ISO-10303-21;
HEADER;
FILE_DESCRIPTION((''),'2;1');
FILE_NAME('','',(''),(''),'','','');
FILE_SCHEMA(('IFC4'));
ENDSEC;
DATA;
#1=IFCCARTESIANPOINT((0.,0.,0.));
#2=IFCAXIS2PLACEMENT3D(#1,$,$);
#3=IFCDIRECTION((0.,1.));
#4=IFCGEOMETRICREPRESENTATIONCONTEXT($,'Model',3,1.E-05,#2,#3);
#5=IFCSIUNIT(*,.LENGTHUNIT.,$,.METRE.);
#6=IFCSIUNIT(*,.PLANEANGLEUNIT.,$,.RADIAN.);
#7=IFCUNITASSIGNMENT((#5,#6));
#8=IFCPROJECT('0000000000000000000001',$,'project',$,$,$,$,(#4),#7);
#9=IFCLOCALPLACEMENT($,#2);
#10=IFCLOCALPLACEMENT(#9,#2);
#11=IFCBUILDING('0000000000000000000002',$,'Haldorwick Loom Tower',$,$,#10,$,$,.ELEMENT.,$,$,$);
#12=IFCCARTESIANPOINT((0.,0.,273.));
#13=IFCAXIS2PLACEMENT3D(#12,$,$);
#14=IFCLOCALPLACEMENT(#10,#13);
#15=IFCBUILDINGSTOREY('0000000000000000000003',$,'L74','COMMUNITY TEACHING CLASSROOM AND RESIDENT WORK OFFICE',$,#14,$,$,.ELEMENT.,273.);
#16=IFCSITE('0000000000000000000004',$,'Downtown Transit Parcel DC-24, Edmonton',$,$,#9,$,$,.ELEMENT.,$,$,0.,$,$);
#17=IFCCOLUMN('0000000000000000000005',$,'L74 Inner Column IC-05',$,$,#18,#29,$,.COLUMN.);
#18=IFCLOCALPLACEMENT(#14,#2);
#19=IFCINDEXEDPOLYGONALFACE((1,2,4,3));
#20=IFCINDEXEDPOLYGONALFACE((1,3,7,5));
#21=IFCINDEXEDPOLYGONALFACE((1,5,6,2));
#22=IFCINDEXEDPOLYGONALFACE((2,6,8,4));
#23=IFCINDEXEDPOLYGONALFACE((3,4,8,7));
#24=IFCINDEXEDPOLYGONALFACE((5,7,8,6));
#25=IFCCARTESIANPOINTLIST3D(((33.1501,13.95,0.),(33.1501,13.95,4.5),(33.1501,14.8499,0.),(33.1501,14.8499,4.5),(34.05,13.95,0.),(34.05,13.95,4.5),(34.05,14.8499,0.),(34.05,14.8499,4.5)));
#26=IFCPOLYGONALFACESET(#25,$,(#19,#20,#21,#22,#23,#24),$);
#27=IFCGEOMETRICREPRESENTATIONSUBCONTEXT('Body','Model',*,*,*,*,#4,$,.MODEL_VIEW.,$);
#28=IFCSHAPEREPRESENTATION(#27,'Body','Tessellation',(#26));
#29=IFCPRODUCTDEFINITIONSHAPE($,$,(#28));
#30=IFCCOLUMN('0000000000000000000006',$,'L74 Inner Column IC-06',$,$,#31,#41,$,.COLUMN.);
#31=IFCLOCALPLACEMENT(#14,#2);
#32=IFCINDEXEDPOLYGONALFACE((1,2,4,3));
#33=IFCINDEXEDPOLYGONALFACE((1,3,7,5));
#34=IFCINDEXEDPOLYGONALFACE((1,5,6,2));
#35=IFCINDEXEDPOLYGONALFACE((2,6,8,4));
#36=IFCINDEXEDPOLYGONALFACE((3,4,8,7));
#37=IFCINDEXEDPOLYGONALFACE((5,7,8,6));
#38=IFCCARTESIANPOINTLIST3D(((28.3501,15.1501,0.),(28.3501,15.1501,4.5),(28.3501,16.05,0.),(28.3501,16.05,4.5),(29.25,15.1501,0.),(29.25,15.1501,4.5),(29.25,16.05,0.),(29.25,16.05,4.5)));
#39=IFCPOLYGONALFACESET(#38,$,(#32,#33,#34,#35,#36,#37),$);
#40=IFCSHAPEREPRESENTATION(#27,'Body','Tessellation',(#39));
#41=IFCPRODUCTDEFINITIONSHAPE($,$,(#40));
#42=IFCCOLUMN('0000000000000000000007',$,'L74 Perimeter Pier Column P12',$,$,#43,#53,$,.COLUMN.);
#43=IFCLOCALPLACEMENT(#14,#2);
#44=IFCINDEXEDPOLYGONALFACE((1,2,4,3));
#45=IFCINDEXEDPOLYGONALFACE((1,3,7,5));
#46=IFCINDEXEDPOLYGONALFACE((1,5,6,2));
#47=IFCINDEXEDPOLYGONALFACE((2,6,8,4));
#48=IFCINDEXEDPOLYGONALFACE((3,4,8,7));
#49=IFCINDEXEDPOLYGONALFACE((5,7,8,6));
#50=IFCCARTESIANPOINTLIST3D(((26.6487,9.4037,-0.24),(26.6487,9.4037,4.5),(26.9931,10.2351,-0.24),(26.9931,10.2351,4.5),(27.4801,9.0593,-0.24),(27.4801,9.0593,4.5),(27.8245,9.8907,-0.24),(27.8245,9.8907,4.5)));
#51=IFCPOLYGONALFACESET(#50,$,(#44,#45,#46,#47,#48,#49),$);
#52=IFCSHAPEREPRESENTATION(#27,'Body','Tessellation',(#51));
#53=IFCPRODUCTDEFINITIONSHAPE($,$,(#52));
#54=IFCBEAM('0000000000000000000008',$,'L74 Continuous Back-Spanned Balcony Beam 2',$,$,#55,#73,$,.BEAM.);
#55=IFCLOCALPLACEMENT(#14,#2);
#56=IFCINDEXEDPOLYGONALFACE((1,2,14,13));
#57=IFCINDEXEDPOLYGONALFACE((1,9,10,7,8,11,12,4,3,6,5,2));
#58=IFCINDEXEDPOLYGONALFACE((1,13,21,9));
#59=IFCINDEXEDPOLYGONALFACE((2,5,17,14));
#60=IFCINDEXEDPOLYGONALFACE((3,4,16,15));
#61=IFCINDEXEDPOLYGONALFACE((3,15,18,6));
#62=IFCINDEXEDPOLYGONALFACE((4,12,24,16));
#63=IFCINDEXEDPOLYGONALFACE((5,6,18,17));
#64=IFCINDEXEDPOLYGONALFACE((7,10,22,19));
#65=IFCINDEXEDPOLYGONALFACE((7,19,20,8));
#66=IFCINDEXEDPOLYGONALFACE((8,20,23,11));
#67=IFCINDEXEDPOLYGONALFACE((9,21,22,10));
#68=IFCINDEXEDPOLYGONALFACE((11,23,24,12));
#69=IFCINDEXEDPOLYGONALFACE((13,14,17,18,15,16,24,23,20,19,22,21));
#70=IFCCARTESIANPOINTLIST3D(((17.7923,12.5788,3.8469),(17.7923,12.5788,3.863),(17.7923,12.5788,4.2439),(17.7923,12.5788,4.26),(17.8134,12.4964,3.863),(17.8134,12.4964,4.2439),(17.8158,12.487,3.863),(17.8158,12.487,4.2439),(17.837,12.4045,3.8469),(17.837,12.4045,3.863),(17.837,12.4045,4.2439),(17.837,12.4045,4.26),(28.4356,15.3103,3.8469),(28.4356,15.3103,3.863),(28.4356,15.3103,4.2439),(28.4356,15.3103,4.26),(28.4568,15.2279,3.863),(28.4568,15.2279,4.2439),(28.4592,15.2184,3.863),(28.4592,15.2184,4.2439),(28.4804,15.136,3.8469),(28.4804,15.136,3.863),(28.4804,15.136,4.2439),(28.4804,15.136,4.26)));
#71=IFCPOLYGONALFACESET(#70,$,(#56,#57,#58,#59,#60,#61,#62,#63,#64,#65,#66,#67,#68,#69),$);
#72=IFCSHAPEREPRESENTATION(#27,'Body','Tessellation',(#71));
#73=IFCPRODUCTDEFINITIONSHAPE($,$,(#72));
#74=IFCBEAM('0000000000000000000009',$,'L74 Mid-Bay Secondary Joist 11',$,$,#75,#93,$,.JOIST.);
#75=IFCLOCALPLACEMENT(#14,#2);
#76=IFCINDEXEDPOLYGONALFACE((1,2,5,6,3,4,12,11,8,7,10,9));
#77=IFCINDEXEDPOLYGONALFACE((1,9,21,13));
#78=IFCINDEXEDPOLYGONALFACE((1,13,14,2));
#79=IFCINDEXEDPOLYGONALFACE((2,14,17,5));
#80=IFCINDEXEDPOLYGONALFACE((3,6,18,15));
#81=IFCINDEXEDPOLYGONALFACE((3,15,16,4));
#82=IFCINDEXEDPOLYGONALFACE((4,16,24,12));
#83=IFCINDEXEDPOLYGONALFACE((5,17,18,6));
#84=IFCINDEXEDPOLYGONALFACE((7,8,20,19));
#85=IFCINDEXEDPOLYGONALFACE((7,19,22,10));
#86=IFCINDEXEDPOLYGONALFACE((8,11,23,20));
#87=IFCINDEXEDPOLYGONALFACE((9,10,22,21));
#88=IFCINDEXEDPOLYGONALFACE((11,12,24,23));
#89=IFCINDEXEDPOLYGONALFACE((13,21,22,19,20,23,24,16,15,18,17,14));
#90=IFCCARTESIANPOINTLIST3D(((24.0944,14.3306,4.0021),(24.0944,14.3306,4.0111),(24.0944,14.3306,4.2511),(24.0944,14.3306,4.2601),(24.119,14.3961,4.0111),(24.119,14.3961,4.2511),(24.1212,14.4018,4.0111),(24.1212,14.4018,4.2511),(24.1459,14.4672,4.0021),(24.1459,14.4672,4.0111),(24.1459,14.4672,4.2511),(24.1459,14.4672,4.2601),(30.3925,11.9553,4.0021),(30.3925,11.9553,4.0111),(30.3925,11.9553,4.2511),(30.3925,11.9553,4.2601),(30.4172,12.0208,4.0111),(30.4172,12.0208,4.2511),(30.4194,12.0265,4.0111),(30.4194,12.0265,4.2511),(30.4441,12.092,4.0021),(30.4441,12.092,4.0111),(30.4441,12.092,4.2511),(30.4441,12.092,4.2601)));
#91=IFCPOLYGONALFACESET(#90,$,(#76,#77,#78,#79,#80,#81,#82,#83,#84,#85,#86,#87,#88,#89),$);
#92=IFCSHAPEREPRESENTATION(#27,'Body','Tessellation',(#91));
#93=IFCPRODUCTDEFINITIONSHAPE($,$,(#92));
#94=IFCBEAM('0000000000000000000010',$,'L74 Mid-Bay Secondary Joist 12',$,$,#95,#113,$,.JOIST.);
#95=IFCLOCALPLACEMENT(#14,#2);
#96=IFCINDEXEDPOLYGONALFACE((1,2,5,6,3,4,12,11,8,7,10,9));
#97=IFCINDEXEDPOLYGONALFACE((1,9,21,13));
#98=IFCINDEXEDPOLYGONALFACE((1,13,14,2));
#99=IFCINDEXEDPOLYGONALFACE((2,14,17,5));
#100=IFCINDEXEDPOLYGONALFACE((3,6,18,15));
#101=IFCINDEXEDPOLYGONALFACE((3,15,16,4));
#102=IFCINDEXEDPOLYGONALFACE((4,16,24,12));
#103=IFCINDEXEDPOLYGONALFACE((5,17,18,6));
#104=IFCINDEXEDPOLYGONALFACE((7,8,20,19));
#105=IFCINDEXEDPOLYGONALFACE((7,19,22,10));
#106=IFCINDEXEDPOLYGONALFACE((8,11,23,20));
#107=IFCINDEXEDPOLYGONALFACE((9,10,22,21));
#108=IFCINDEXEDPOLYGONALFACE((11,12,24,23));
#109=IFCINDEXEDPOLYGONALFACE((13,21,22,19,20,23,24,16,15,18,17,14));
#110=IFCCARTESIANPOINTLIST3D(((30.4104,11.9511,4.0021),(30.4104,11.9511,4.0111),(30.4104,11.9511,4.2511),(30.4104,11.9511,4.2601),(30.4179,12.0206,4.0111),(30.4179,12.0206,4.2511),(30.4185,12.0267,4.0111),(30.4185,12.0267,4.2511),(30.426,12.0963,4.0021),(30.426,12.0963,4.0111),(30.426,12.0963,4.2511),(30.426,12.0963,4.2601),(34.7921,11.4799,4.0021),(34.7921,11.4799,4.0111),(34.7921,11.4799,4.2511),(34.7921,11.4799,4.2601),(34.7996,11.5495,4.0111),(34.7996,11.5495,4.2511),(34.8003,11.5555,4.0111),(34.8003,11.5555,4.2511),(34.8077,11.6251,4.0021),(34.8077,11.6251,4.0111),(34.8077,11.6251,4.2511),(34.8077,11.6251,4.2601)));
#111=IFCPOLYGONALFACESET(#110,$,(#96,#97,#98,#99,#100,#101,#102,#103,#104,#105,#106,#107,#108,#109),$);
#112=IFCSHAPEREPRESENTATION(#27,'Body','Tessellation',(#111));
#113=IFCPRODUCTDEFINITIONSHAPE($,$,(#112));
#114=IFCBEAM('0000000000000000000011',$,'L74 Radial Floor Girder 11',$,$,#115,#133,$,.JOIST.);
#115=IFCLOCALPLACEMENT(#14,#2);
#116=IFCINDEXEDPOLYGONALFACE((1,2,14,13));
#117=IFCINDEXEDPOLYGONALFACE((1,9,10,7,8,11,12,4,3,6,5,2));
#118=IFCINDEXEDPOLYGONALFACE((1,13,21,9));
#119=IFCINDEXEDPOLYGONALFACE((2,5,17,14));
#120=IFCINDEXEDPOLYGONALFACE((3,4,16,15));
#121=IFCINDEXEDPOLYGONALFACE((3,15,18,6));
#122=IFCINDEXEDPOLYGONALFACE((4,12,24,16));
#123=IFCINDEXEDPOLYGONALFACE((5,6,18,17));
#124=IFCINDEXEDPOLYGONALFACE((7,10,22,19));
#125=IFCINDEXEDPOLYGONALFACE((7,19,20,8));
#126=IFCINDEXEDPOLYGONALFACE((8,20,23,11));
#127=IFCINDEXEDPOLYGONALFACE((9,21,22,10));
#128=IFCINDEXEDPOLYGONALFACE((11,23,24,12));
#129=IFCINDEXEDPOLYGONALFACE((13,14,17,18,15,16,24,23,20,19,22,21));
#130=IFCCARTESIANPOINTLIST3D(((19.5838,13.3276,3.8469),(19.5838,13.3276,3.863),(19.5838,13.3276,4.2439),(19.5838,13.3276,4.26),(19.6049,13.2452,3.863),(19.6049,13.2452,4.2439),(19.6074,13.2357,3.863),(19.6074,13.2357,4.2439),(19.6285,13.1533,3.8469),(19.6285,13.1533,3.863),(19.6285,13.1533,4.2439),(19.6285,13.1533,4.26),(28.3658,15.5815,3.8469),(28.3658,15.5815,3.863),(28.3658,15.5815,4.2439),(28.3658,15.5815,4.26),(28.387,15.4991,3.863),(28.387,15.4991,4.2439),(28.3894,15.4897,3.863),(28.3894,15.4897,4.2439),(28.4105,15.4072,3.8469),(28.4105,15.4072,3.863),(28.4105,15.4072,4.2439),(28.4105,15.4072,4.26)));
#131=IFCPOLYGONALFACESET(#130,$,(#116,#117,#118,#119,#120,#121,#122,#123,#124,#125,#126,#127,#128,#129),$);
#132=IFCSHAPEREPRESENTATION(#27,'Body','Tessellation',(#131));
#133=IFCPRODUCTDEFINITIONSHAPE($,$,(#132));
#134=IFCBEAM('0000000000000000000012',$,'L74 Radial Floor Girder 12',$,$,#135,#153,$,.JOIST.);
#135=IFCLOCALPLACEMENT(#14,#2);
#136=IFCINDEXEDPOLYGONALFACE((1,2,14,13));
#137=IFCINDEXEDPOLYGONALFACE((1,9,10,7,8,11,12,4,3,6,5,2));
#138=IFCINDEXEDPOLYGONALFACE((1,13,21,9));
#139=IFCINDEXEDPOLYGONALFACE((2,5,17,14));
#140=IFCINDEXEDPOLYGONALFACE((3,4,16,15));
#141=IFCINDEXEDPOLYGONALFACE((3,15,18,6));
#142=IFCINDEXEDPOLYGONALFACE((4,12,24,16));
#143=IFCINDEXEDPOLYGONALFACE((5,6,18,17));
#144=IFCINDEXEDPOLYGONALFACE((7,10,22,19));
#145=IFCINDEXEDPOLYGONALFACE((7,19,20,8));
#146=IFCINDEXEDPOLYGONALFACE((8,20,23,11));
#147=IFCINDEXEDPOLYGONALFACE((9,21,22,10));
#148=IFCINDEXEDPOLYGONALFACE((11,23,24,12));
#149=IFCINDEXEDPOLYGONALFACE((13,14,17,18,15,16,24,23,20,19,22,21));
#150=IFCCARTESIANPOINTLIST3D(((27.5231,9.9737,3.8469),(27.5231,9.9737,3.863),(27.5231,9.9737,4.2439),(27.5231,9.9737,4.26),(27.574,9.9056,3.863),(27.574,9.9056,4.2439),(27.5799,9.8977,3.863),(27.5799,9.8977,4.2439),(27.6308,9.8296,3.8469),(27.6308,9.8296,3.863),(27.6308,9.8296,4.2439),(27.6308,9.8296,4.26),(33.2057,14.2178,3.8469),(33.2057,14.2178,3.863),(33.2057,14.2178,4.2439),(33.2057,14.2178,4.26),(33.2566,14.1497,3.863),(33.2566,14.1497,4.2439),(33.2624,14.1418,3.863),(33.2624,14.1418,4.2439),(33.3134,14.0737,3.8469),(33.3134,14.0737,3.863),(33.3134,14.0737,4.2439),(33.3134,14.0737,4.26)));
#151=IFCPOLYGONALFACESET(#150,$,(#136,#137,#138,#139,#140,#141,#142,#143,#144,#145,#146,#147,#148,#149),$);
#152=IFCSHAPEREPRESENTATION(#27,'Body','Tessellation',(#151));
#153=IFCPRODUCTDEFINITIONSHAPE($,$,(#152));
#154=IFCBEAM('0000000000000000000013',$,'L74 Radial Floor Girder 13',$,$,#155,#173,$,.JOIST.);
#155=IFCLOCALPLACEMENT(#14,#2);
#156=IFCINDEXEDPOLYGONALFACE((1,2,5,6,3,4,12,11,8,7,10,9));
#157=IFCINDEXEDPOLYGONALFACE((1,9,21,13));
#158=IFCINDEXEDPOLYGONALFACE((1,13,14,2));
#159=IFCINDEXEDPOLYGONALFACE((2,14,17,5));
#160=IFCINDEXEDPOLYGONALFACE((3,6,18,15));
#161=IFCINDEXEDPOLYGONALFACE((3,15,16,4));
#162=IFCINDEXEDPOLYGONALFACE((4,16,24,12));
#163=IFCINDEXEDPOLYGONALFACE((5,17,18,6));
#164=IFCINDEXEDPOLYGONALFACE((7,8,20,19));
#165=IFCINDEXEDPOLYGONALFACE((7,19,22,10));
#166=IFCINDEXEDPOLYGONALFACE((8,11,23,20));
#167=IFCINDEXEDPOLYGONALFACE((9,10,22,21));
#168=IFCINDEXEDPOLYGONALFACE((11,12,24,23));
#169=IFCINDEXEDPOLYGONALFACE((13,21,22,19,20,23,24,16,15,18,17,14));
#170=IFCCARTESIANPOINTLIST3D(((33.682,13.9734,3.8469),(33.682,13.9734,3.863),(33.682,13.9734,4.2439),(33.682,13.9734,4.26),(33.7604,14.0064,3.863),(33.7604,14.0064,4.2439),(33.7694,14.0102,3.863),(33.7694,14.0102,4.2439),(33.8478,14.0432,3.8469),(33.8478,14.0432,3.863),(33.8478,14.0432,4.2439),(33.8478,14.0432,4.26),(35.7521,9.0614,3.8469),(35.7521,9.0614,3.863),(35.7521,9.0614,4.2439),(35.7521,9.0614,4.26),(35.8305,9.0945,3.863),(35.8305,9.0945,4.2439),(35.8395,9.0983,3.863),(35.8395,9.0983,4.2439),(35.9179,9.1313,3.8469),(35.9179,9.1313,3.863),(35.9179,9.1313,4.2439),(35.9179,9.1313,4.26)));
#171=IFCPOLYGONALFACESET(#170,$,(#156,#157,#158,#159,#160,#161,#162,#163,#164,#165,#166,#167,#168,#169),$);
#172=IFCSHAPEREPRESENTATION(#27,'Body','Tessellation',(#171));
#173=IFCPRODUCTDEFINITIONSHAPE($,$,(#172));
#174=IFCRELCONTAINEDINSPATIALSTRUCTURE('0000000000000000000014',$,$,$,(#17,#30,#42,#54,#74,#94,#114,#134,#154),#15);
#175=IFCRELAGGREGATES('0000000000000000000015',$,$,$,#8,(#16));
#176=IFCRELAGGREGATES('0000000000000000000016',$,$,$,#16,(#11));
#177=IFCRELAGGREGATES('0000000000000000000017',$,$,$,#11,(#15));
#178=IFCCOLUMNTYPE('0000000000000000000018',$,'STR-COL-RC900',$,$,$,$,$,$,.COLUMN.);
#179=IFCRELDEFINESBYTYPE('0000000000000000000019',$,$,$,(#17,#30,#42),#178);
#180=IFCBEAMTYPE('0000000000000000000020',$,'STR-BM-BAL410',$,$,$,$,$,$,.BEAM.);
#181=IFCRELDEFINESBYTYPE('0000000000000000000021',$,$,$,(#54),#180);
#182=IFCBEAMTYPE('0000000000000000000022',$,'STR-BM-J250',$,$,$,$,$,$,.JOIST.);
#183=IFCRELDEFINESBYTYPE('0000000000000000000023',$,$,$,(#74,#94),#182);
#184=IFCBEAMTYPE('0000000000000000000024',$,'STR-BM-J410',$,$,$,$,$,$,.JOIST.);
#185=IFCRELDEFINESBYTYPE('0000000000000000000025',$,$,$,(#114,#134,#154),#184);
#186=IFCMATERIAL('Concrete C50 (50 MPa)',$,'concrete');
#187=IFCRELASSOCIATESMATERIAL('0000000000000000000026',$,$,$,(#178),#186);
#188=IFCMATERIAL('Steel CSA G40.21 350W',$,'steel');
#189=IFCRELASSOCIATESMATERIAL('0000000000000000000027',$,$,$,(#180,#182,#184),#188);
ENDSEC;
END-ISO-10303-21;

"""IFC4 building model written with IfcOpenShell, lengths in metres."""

from ifc_helpers import new_model, si_unit, direction, frame, origin, origin_2d, place, context, subcontext, project, spatial, rectangle, i_section, extrude, material, material_profile, profile_set, type_object, element, save


model = new_model("IFC4")

# Units and contexts
model_context = context("Model", 3, precision=1e-05, world=origin(), true_north=direction((0.0, 1.0)))
body_context = subcontext(model_context, "Body", "Model", "MODEL_VIEW")
ifc_project = project(units=[si_unit("LENGTHUNIT", "METRE"), si_unit("PLANEANGLEUNIT", "RADIAN")], contexts=[model_context])

# Site, building, storey
site_placement = place(None, origin())
site = spatial("IfcSite", under=ifc_project, at=site_placement, Name="Downtown Transit Parcel DC-24, Edmonton", CompositionType="ELEMENT", RefElevation=0.0)
building_placement = place(site_placement, origin())
building = spatial("IfcBuilding", under=site, at=building_placement, Name="Haldorwick Loom Tower", CompositionType="ELEMENT")
storey_placement = place(building_placement, frame((0.0, 0.0, 273.0)))
storey = spatial("IfcBuildingStorey", under=building, at=storey_placement, Name="L74", Description="COMMUNITY TEACHING CLASSROOM AND RESIDENT WORK OFFICE", CompositionType="ELEMENT", Elevation=273.0)

# Columns
ifc_material_1 = material(Name="Concrete C50 (50 MPa)", Category="concrete")
ifc_material_profile_1 = material_profile(ifc_material_1, rectangle(XDim=0.8999, YDim=0.8999, at=origin_2d()), Name="RC900X900", Category="concrete")
ifc_profile_set_1 = profile_set([ifc_material_profile_1], Name="Concrete C50 (50 MPa)")
column_type = type_object("IfcColumnType", Name="STR-COL-RC900", PredefinedType="COLUMN", material=ifc_profile_set_1)
for number, where, z_axis, x_axis, name in (
    (1, (33.6001, 14.3999, 0.0), (0.0, 0.0, 1.0), (1.0, 0.0, 0.0), "L74 Inner Column IC-05"),
    (2, (28.8, 15.6001, 0.0), (0.0, 0.0, 1.0), (1.0, 0.0, 0.0), "L74 Inner Column IC-06"),
):
    element("IfcColumn", number, at=place(storey_placement, frame(where, z_axis=z_axis, x_axis=x_axis)), inside=storey, type_object=column_type, Name=name, PredefinedType="COLUMN", context=body_context, shape_type="SweptSolid", body=[
        extrude(rectangle(XDim=0.8999, YDim=0.8999, at=origin_2d()), origin(), (0.0, 0.0, 1.0), 4.5),
    ])
column_placement = place(storey_placement, frame((27.2366, 9.6472, -0.24), z_axis=(0.0, 0.0, 1.0), x_axis=(-0.382683, -0.92388, 0.0)))
element("IfcColumn", 3, at=column_placement, inside=storey, type_object=column_type, Name="L74 Perimeter Pier Column P12", PredefinedType="COLUMN", context=body_context, shape_type="SweptSolid", body=[
    extrude(rectangle(XDim=0.8999, YDim=0.8999, at=origin_2d()), origin(), (0.0, 0.0, 1.0), 4.74),
])

# Beams
ifc_material_2 = material(Name="Steel CSA G40.21 350W", Category="steel")
ifc_material_profile_2 = material_profile(ifc_material_2, i_section(OverallWidth=0.1799, OverallDepth=0.4131, WebThickness=0.0098, FlangeThickness=0.0161, at=origin_2d()), Name="W410X74", Category="steel")
ifc_profile_set_2 = profile_set([ifc_material_profile_2], Name="Steel CSA G40.21 350W")
beam_type_1 = type_object("IfcBeamType", Name="STR-BM-BAL410", PredefinedType="BEAM", material=ifc_profile_set_2)
beam_1_placement = place(storey_placement, frame((28.458, 15.2231, 4.0535), z_axis=(-0.968611, -0.24858, 0.0), x_axis=(0.24858, -0.968611, 0.0)))
element("IfcBeam", 4, at=beam_1_placement, inside=storey, type_object=beam_type_1, Name="L74 Continuous Back-Spanned Balcony Beam 2", PredefinedType="BEAM", context=body_context, shape_type="SweptSolid", body=[
    extrude(i_section(OverallWidth=0.1799, OverallDepth=0.4131, WebThickness=0.0098, FlangeThickness=0.0161, at=origin_2d()), origin(), (0.0, 0.0, 1.0), 10.9883),
])
ifc_material_profile_3 = material_profile(ifc_material_2, i_section(OverallWidth=0.146, OverallDepth=0.2581, WebThickness=0.0061, FlangeThickness=0.009, at=origin_2d()), Name="W250X33", Category="steel")
ifc_profile_set_3 = profile_set([ifc_material_profile_3], Name="Steel CSA G40.21 350W")
beam_type_2 = type_object("IfcBeamType", Name="STR-BM-J250", PredefinedType="JOIST", material=ifc_profile_set_3)
beam_2_placement = place(storey_placement, frame((24.1201, 14.3989, 4.1311), z_axis=(0.93567, -0.352876, 0.0), x_axis=(0.352876, 0.93567, 0.0)))
element("IfcBeam", 5, at=beam_2_placement, inside=storey, type_object=beam_type_2, Name="L74 Mid-Bay Secondary Joist 11", PredefinedType="JOIST", context=body_context, shape_type="SweptSolid", body=[
    extrude(i_section(OverallWidth=0.146, OverallDepth=0.2581, WebThickness=0.0061, FlangeThickness=0.009, at=origin_2d()), origin(), (0.0, 0.0, 1.0), 6.7312),
])
beam_3_placement = place(storey_placement, frame((30.4182, 12.0237, 4.1311), z_axis=(0.994268, -0.106916, 0.0), x_axis=(0.106916, 0.994268, 0.0)))
element("IfcBeam", 6, at=beam_3_placement, inside=storey, type_object=beam_type_2, Name="L74 Mid-Bay Secondary Joist 12", PredefinedType="JOIST", context=body_context, shape_type="SweptSolid", body=[
    extrude(i_section(OverallWidth=0.146, OverallDepth=0.2581, WebThickness=0.0061, FlangeThickness=0.009, at=origin_2d()), origin(), (0.0, 0.0, 1.0), 4.407),
])
ifc_material_profile_4 = material_profile(ifc_material_2, i_section(OverallWidth=0.1799, OverallDepth=0.4131, WebThickness=0.0098, FlangeThickness=0.0161, at=origin_2d()), Name="W410X74", Category="steel")
ifc_profile_set_4 = profile_set([ifc_material_profile_4], Name="Steel CSA G40.21 350W")
beam_type_3 = type_object("IfcBeamType", Name="STR-BM-J410", PredefinedType="JOIST", material=ifc_profile_set_4)
beam_4_placement = place(storey_placement, frame((28.3882, 15.4944, 4.0535), z_axis=(-0.968608, -0.248594, 0.0), x_axis=(0.248594, -0.968608, 0.0)))
element("IfcBeam", 7, at=beam_4_placement, inside=storey, type_object=beam_type_3, Name="L74 Radial Floor Girder 11", PredefinedType="JOIST", context=body_context, shape_type="SweptSolid", body=[
    extrude(i_section(OverallWidth=0.1799, OverallDepth=0.4131, WebThickness=0.0098, FlangeThickness=0.0161, at=origin_2d()), origin(), (0.0, 0.0, 1.0), 9.0667),
])
beam_5_placement = place(storey_placement, frame((33.2595, 14.1458, 4.0535), z_axis=(-0.801205, -0.598391, 0.0), x_axis=(0.598391, -0.801205, 0.0)))
element("IfcBeam", 8, at=beam_5_placement, inside=storey, type_object=beam_type_3, Name="L74 Radial Floor Girder 12", PredefinedType="JOIST", context=body_context, shape_type="SweptSolid", body=[
    extrude(i_section(OverallWidth=0.1799, OverallDepth=0.4131, WebThickness=0.0098, FlangeThickness=0.0161, at=origin_2d()), origin(), (0.0, 0.0, 1.0), 7.0925),
])
beam_6_placement = place(storey_placement, frame((33.7649, 14.0083, 4.0535), z_axis=(0.388362, -0.921507, 0.0), x_axis=(0.921507, 0.388362, 0.0)))
element("IfcBeam", 9, at=beam_6_placement, inside=storey, type_object=beam_type_3, Name="L74 Radial Floor Girder 13", PredefinedType="JOIST", context=body_context, shape_type="SweptSolid", body=[
    extrude(i_section(OverallWidth=0.1799, OverallDepth=0.4131, WebThickness=0.0098, FlangeThickness=0.0161, at=origin_2d()), origin(), (0.0, 0.0, 1.0), 5.3303),
])

save(model, "model.ifc")
